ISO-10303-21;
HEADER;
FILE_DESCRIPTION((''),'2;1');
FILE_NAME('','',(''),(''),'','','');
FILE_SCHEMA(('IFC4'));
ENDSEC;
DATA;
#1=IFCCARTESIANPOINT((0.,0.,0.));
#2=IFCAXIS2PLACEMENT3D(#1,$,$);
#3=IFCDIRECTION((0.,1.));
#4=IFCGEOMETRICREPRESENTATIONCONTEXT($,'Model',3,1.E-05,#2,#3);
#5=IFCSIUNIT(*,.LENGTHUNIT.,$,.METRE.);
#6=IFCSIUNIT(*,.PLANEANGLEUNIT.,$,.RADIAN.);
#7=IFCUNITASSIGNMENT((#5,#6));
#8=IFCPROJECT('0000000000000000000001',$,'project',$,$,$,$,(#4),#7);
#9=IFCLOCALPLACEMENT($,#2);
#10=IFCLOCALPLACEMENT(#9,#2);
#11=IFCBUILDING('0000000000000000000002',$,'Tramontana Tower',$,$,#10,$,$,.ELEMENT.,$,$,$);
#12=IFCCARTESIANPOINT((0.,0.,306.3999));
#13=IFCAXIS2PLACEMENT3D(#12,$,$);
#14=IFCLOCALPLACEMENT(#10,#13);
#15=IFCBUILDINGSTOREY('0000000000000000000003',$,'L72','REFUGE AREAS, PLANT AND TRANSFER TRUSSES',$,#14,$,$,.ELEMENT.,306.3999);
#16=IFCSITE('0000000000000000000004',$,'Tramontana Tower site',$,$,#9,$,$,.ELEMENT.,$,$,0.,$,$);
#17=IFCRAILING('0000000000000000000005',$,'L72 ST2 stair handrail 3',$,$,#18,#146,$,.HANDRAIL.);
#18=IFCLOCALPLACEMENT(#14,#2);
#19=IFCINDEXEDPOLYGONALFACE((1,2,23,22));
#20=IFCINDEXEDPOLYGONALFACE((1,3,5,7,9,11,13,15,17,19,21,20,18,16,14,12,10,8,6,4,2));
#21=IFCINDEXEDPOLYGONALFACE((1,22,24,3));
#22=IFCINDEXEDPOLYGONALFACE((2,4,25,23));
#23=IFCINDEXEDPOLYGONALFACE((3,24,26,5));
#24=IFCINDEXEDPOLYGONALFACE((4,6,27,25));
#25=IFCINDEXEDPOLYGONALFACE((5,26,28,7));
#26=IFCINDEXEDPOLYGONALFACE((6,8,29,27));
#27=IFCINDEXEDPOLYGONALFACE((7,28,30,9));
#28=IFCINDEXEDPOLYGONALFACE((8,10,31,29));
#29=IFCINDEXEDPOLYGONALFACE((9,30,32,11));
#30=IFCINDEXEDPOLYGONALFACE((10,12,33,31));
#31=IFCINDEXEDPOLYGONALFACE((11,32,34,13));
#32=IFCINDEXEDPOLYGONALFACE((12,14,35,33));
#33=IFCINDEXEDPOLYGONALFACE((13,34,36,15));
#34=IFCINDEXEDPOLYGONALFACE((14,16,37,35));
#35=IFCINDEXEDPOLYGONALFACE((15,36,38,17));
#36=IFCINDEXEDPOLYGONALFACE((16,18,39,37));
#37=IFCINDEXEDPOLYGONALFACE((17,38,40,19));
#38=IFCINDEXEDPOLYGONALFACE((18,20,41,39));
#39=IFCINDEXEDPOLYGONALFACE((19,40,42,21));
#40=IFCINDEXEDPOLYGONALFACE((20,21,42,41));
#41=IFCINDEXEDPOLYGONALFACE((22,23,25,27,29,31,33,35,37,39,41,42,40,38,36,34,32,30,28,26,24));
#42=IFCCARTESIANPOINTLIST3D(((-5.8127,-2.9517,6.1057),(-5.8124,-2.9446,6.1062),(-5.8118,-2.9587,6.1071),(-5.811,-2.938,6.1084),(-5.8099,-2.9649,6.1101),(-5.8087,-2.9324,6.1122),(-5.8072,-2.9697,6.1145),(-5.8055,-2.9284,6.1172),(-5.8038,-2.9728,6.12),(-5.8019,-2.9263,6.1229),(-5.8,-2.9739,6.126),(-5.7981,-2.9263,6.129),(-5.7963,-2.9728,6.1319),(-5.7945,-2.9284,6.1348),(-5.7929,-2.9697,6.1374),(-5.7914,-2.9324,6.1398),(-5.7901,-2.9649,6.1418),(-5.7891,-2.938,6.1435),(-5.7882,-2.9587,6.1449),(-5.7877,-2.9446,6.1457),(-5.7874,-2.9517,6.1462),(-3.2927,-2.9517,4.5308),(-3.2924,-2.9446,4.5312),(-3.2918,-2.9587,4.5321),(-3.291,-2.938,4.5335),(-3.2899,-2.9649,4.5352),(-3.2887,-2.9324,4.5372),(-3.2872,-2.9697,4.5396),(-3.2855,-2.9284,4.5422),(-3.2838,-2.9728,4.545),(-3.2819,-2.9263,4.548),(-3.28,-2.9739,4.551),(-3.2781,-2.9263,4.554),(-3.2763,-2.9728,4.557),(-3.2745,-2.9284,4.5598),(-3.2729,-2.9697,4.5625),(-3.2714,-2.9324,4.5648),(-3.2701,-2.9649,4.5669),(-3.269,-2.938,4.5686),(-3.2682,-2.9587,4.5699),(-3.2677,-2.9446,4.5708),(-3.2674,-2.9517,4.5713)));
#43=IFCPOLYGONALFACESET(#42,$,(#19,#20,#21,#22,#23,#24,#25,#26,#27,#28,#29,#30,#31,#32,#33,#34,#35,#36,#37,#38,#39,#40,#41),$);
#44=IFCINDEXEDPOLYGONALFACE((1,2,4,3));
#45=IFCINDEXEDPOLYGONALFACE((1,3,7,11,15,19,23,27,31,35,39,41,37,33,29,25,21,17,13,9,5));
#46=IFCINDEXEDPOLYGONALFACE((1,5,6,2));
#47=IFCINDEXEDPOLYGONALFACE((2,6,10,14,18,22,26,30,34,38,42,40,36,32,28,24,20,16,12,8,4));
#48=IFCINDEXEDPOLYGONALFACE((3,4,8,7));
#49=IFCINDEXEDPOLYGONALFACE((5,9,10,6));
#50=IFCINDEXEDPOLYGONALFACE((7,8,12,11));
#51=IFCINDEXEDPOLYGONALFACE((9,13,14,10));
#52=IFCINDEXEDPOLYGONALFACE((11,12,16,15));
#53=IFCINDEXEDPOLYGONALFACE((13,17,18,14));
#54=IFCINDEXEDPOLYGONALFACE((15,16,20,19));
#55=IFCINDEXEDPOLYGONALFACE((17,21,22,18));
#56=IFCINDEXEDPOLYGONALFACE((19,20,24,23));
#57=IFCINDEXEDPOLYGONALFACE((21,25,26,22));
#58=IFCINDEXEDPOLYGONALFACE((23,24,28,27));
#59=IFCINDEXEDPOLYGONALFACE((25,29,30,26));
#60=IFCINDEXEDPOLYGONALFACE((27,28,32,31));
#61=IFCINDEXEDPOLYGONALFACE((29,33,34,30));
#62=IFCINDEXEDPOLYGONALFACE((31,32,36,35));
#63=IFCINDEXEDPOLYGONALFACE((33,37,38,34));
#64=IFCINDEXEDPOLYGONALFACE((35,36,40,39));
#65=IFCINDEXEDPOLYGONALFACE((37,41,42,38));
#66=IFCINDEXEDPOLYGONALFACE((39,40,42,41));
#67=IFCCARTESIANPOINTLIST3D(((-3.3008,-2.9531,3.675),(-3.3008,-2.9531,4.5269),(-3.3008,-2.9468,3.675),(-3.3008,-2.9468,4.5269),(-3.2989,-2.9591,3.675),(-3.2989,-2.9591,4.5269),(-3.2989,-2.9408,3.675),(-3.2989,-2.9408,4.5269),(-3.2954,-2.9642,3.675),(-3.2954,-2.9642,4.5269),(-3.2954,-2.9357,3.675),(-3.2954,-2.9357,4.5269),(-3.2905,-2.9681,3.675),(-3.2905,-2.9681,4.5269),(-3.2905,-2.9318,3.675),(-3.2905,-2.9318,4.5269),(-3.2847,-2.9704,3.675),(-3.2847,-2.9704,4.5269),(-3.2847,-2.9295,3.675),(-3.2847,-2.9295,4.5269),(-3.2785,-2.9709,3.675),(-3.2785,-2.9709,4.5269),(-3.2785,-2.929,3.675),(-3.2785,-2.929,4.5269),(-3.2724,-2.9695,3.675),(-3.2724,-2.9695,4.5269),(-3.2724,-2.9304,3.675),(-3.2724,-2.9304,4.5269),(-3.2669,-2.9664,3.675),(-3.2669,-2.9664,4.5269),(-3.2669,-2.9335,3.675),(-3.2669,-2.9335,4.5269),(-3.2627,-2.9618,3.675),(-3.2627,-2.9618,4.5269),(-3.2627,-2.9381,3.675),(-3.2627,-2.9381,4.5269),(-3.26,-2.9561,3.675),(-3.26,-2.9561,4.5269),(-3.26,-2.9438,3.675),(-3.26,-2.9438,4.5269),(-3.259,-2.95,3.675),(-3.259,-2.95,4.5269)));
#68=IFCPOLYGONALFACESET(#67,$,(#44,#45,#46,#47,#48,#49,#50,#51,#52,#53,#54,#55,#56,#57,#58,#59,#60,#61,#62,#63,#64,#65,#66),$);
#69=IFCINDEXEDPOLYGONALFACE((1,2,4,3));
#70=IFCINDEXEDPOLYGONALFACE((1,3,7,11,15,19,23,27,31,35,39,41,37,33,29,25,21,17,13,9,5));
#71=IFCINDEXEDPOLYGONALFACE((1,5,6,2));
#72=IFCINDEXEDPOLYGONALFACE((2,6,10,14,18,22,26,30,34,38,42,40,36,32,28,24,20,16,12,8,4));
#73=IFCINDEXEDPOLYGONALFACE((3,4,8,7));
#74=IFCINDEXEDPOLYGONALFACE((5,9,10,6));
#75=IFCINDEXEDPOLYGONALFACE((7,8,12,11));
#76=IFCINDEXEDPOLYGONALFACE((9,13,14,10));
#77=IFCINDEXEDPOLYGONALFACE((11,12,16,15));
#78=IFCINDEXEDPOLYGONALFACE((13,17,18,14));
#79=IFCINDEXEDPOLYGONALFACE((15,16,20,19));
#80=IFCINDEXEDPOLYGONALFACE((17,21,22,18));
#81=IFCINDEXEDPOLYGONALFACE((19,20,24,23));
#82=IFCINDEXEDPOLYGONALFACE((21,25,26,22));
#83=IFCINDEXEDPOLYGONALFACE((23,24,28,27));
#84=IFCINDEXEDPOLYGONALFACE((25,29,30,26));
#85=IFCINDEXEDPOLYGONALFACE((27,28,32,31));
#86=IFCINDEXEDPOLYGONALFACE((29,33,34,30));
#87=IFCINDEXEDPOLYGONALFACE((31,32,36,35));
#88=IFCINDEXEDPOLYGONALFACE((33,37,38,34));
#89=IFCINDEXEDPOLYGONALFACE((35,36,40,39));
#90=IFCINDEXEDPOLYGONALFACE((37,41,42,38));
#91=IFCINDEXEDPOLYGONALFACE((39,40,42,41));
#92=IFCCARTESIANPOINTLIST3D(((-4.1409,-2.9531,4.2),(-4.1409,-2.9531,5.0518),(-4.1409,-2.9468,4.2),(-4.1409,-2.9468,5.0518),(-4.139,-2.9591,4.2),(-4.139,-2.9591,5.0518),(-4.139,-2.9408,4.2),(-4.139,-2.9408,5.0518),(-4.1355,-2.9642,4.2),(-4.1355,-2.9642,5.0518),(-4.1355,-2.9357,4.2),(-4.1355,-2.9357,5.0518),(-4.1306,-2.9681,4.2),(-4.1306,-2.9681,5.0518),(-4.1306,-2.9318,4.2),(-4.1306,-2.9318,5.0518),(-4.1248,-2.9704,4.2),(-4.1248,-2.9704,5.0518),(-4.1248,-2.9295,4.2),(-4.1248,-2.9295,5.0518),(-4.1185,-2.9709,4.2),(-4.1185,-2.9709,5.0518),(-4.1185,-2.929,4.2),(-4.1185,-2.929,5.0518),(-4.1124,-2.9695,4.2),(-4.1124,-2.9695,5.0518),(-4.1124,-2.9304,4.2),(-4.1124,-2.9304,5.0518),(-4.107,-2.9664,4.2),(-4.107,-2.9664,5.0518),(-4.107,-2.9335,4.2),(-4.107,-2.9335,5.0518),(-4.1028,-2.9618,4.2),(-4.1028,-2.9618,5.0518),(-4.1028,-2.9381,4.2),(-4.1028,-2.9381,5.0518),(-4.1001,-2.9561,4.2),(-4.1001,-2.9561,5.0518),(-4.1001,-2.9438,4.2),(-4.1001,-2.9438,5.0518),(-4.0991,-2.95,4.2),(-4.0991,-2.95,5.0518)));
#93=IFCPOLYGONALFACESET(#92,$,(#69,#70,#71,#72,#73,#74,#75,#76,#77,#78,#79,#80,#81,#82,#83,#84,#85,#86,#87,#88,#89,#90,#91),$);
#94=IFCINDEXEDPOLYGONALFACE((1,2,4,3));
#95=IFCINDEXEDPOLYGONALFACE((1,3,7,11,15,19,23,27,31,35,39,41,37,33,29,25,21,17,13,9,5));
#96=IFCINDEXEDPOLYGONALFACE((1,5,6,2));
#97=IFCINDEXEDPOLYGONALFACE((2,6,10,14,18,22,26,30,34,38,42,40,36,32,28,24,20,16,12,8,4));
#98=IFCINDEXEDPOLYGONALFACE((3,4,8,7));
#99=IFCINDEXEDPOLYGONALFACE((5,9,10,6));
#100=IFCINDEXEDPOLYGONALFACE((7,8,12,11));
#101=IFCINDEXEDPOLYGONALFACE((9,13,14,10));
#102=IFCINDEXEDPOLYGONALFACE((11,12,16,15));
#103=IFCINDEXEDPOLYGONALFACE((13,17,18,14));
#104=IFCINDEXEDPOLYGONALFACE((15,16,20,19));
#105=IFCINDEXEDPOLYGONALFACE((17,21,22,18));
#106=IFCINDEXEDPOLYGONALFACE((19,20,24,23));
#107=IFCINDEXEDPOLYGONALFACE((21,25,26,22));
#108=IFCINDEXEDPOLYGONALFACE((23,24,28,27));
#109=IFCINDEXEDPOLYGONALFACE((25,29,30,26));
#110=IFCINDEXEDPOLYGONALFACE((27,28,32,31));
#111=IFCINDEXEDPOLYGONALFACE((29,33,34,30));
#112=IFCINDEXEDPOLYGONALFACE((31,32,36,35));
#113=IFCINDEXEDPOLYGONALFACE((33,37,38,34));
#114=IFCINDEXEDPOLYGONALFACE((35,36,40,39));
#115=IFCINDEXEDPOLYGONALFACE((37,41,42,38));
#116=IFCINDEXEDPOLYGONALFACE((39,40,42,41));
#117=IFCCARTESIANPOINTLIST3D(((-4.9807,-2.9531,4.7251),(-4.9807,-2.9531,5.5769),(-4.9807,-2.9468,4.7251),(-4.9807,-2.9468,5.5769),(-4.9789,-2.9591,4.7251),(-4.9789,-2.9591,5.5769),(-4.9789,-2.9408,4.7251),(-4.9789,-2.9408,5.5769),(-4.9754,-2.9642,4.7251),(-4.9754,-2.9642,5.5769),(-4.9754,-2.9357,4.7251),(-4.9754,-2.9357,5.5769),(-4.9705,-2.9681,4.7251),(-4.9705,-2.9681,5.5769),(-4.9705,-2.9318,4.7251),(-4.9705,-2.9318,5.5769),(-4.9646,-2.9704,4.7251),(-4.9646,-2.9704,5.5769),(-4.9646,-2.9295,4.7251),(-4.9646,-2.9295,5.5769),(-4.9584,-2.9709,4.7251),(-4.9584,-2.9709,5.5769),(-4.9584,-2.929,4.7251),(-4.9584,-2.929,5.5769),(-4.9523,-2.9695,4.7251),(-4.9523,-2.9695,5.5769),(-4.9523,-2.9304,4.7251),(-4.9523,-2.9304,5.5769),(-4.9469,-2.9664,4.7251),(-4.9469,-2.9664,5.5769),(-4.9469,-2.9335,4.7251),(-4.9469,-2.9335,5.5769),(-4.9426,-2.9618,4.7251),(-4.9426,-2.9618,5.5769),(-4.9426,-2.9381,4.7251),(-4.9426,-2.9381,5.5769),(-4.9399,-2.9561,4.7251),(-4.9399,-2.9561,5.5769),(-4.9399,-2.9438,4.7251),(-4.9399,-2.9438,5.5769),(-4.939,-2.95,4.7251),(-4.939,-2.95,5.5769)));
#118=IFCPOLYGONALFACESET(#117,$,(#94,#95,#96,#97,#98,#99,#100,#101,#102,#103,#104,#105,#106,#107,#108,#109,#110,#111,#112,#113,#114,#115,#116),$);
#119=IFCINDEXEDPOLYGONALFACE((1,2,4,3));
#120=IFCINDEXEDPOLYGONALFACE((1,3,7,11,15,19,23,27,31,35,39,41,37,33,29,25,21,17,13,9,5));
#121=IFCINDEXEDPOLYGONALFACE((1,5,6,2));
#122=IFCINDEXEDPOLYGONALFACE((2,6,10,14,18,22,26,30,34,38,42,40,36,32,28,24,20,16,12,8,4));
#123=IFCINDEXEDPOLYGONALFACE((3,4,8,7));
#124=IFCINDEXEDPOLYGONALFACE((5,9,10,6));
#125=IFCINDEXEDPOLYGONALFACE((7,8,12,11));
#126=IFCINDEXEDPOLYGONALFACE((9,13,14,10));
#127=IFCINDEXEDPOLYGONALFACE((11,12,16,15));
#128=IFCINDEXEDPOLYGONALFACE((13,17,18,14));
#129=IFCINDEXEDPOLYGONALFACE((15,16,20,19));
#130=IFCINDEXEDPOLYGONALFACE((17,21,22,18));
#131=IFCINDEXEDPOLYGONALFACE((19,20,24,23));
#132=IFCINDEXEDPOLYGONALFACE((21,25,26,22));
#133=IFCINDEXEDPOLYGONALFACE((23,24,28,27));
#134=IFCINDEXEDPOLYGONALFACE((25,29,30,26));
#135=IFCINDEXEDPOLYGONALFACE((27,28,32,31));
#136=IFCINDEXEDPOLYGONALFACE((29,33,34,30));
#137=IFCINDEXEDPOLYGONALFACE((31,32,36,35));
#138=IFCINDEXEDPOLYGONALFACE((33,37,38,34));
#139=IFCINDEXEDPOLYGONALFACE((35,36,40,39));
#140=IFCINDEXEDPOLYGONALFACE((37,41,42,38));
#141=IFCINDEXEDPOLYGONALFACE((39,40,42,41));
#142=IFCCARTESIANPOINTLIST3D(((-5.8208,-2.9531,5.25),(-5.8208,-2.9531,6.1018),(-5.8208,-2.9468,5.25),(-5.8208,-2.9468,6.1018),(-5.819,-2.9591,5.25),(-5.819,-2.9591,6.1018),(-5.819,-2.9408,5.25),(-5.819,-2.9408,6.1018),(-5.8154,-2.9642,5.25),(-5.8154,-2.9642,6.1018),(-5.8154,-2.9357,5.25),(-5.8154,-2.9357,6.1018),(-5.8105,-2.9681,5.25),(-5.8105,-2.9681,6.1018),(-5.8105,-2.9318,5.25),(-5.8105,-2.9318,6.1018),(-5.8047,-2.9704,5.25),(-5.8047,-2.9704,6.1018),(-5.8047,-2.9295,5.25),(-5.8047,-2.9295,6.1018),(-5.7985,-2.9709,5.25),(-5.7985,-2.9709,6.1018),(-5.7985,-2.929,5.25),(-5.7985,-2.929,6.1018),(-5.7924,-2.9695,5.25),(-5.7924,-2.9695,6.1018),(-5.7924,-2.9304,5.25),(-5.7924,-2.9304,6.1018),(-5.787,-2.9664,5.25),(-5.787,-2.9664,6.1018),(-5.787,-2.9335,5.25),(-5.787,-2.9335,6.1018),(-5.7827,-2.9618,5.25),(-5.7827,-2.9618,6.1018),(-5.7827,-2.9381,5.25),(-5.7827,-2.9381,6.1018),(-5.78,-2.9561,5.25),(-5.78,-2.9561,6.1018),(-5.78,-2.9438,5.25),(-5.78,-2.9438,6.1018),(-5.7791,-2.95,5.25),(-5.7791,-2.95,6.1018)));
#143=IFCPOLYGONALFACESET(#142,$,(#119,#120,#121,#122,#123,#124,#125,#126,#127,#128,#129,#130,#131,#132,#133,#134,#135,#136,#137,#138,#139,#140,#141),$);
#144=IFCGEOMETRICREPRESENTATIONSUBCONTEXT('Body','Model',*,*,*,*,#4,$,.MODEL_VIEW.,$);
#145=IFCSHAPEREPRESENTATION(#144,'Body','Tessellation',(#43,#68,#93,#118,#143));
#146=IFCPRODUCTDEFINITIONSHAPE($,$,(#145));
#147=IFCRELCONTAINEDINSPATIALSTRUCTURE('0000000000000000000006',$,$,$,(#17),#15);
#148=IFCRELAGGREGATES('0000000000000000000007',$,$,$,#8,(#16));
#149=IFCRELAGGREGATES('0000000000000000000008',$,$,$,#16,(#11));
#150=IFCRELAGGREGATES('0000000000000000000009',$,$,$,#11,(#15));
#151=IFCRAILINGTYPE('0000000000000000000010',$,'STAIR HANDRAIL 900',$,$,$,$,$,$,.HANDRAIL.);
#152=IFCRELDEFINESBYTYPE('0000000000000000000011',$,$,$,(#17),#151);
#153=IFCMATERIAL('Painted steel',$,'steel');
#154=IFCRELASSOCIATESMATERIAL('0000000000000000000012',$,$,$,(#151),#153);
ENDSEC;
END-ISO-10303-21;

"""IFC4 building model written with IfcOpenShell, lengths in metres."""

from ifc_helpers import new_model, si_unit, direction, frame, origin, origin_2d, place, context, subcontext, project, spatial, circle, extrude, material, type_object, element, save


model = new_model("IFC4")

# Units and contexts
model_context = context("Model", 3, precision=1e-05, world=origin(), true_north=direction((0.0, 1.0)))
body_context = subcontext(model_context, "Body", "Model", "MODEL_VIEW")
ifc_project = project(units=[si_unit("LENGTHUNIT", "METRE"), si_unit("PLANEANGLEUNIT", "RADIAN")], contexts=[model_context])

# Site, building, storey
site_placement = place(None, origin())
site = spatial("IfcSite", under=ifc_project, at=site_placement, Name="Tramontana Tower site", CompositionType="ELEMENT", RefElevation=0.0)
building_placement = place(site_placement, origin())
building = spatial("IfcBuilding", under=site, at=building_placement, Name="Tramontana Tower", CompositionType="ELEMENT")
storey_placement = place(building_placement, frame((0.0, 0.0, 306.3999)))
storey = spatial("IfcBuildingStorey", under=building, at=storey_placement, Name="L72", Description="REFUGE AREAS, PLANT AND TRANSFER TRUSSES", CompositionType="ELEMENT", Elevation=306.3999)

# Railing
ifc_material_1 = material(Name="Painted steel", Category="steel")
railing_type_1 = type_object("IfcRailingType", Name="STAIR HANDRAIL 900", PredefinedType="HANDRAIL", material=ifc_material_1)
for number, where, name in (
    (1, (-3.28, -2.95, 3.675), "L72 ST2 stair handrail 3"),
):
    element("IfcRailing", number, at=place(storey_placement, frame(where)), inside=storey, type_object=railing_type_1, Name=name, PredefinedType="HANDRAIL", context=body_context, shape_type="SweptSolid", body=[
        extrude(circle(Radius=0.0239, at=origin_2d()), frame((0.0, 0.0, 0.876), z_axis=(-0.848008, 0.0, 0.529984), x_axis=(0.0, -1.0, 0.0)), (0.0, 0.0, 1.0), 2.9717),
        extrude(circle(Radius=0.021, at=origin_2d()), origin(), (0.0, 0.0, 1.0), 0.8518),
        extrude(circle(Radius=0.021, at=origin_2d()), frame((-0.8401, 0.0, 0.5249)), (0.0, 0.0, 1.0), 0.8518),
        extrude(circle(Radius=0.021, at=origin_2d()), frame((-1.6799, 0.0, 1.05)), (0.0, 0.0, 1.0), 0.8518),
        extrude(circle(Radius=0.021, at=origin_2d()), frame((-2.52, 0.0, 1.575)), (0.0, 0.0, 1.0), 0.8518),
    ])

save(model, "model.ifc")
